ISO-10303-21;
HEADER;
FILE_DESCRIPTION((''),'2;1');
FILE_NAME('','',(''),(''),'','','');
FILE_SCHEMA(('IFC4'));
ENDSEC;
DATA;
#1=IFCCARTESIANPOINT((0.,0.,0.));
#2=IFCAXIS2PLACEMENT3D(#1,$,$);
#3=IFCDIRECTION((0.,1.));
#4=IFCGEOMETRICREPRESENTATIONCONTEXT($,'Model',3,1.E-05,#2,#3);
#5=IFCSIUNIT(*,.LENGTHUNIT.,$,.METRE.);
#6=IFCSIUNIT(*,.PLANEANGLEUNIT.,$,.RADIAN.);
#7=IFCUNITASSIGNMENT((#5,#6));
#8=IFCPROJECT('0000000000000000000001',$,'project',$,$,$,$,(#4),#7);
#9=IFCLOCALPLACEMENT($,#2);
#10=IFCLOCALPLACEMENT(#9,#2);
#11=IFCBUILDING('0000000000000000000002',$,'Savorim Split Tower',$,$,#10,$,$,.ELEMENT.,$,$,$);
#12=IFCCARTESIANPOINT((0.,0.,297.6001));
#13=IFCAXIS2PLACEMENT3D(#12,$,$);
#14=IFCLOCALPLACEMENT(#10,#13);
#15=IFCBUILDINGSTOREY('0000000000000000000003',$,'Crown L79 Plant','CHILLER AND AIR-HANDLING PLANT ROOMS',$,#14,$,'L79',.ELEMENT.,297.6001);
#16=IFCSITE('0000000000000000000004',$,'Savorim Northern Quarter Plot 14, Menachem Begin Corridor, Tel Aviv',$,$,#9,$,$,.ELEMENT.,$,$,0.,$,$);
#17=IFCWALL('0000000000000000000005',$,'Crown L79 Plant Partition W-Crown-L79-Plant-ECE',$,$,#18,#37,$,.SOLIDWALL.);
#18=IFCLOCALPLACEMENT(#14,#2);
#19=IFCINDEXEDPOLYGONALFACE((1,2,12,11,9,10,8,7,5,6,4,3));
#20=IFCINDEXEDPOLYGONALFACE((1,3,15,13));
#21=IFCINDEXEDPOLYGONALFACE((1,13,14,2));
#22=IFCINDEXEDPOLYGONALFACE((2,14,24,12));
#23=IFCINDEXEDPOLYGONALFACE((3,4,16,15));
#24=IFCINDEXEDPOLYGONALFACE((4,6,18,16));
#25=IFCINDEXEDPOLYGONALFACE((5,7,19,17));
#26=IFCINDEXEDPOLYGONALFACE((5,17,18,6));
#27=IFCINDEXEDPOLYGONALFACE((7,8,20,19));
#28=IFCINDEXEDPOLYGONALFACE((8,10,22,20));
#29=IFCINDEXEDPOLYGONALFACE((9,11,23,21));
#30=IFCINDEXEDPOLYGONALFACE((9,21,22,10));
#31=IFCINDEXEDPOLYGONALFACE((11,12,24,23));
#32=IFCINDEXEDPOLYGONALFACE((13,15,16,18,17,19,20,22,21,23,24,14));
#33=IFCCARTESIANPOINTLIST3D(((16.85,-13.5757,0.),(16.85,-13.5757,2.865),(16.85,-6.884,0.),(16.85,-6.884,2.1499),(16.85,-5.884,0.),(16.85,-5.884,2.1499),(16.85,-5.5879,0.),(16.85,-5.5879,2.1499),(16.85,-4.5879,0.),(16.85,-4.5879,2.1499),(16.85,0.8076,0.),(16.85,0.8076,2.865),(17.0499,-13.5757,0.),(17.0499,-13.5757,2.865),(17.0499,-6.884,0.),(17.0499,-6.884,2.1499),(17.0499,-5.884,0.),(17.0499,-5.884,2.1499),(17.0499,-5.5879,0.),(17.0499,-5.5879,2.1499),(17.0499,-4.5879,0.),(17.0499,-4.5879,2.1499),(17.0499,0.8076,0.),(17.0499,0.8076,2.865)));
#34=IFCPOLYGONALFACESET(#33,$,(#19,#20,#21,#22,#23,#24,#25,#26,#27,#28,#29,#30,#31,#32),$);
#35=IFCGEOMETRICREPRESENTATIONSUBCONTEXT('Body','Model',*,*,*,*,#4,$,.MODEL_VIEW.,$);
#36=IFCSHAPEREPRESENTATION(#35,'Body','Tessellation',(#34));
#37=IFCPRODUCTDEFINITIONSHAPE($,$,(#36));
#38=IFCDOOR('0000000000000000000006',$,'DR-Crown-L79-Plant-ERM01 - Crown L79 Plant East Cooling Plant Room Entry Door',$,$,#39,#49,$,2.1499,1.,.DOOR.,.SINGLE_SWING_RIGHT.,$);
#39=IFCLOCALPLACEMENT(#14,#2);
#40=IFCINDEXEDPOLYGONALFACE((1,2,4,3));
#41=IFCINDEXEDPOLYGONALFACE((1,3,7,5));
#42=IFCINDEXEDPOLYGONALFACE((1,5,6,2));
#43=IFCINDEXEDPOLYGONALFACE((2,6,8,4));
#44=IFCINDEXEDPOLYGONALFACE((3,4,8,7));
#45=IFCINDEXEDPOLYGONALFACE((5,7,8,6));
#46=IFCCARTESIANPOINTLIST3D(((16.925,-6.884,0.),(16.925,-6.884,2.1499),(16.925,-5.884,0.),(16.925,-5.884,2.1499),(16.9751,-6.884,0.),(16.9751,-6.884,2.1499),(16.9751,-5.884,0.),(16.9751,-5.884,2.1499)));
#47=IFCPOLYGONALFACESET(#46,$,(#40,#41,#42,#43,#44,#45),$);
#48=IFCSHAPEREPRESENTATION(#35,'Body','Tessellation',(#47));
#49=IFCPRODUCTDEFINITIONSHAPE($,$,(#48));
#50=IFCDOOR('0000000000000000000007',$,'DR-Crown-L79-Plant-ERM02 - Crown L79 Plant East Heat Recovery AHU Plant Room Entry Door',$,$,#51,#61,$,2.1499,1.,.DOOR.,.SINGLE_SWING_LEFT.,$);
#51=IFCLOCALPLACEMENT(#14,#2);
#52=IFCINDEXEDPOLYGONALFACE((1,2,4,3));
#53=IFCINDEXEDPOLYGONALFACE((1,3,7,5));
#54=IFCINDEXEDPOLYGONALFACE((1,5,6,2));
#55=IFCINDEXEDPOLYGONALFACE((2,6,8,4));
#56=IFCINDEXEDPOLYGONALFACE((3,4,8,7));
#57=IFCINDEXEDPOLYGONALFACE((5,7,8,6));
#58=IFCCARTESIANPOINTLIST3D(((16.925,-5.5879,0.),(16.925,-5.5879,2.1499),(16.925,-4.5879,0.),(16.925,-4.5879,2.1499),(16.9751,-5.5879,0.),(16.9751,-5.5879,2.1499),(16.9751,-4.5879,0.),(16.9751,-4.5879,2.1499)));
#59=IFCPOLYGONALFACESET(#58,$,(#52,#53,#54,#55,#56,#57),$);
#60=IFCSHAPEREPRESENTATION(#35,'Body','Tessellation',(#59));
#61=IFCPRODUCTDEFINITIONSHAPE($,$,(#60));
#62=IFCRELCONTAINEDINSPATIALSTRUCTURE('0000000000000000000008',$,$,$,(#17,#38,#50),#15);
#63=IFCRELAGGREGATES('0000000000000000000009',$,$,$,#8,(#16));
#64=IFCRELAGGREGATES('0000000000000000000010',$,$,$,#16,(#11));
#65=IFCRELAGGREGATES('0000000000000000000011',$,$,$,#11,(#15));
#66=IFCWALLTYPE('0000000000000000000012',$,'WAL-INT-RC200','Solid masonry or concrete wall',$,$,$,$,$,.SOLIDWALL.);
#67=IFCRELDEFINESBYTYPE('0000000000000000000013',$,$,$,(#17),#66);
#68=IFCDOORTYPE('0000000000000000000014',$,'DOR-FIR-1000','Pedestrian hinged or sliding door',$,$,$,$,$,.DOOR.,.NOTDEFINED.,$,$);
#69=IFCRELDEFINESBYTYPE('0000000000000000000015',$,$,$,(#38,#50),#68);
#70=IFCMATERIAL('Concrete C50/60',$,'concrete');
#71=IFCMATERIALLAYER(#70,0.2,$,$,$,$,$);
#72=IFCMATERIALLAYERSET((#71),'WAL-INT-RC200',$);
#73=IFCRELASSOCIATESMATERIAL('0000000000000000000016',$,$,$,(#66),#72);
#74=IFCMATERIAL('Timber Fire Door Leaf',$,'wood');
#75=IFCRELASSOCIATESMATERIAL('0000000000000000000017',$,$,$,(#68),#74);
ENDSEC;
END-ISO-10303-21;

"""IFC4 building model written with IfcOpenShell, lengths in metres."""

from ifc_helpers import new_model, si_unit, direction, frame, frame_2d, origin, place, context, subcontext, project, spatial, rectangle, extrude, material, layer, layer_set, type_object, element, fill, save


model = new_model("IFC4")

# Units and contexts
model_context = context("Model", 3, precision=1e-05, world=origin(), true_north=direction((0.0, 1.0)))
body_context = subcontext(model_context, "Body", "Model", "MODEL_VIEW")
ifc_project = project(units=[si_unit("LENGTHUNIT", "METRE"), si_unit("PLANEANGLEUNIT", "RADIAN")], contexts=[model_context])

# Site, building, storey
site_placement = place(None, origin())
site = spatial("IfcSite", under=ifc_project, at=site_placement, Name="Savorim Northern Quarter Plot 14, Menachem Begin Corridor, Tel Aviv", CompositionType="ELEMENT", RefElevation=0.0)
building_placement = place(site_placement, origin())
building = spatial("IfcBuilding", under=site, at=building_placement, Name="Savorim Split Tower", CompositionType="ELEMENT")
storey_placement = place(building_placement, frame((0.0, 0.0, 297.6001)))
storey = spatial("IfcBuildingStorey", under=building, at=storey_placement, Name="Crown L79 Plant", Description="CHILLER AND AIR-HANDLING PLANT ROOMS", LongName="L79", CompositionType="ELEMENT", Elevation=297.6001)

# Wall, openings, doors
ifc_material_1 = material(Name="Concrete C50/60", Category="concrete")
ifc_layer_1 = layer(ifc_material_1, 0.2)
ifc_layer_set_1 = layer_set([ifc_layer_1], Name="WAL-INT-RC200")
wall_type = type_object("IfcWallType", Name="WAL-INT-RC200", Description="Solid masonry or concrete wall", PredefinedType="SOLIDWALL", material=ifc_layer_set_1)
wall_placement = place(storey_placement, frame((16.95, -13.5757, 0.0), z_axis=(0.0, 0.0, 1.0), x_axis=(0.0, 1.0, 0.0)))
wall = element("IfcWall", 1, at=wall_placement, inside=storey, type_object=wall_type, Name="Crown L79 Plant Partition W-Crown-L79-Plant-ECE", PredefinedType="SOLIDWALL", context=body_context, shape_type="SweptSolid", body=[
    extrude(rectangle(XDim=14.3833, YDim=0.2, at=frame_2d((7.1917, 0.0))), origin(), (0.0, 0.0, 1.0), 2.865),
])
opening_1_placement = place(wall_placement, frame((6.6917, 0.0, 0.0)))
opening_1 = element("IfcOpeningElement", 2, at=opening_1_placement, cuts=wall, PredefinedType="OPENING", context=body_context, shape_type="SweptSolid", body=[
    extrude(rectangle(XDim=1.0, YDim=2.1499, at=frame_2d((0.5, 1.075))), frame((0.0, 0.1099, 0.0), z_axis=(0.0, -1.0, 0.0), x_axis=(1.0, 0.0, 0.0)), (0.0, 0.0, 1.0), 0.22),
])
opening_2_placement = place(wall_placement, frame((7.9878, 0.0, 0.0)))
opening_2 = element("IfcOpeningElement", 3, at=opening_2_placement, cuts=wall, PredefinedType="OPENING", context=body_context, shape_type="SweptSolid", body=[
    extrude(rectangle(XDim=1.0, YDim=2.1499, at=frame_2d((0.5, 1.075))), frame((0.0, 0.1099, 0.0), z_axis=(0.0, -1.0, 0.0), x_axis=(1.0, 0.0, 0.0)), (0.0, 0.0, 1.0), 0.22),
])
ifc_material_2 = material(Name="Timber Fire Door Leaf", Category="wood")
door_type = type_object("IfcDoorType", Name="DOR-FIR-1000", Description="Pedestrian hinged or sliding door", OperationType="NOTDEFINED", PredefinedType="DOOR", material=ifc_material_2)
door_1_placement = place(opening_1_placement, origin())
door_1 = element("IfcDoor", 4, at=door_1_placement, inside=storey, type_object=door_type, Name="DR-Crown-L79-Plant-ERM01 - Crown L79 Plant East Cooling Plant Room Entry Door", OperationType="SINGLE_SWING_RIGHT", OverallHeight=2.1499, OverallWidth=1.0, PredefinedType="DOOR", context=body_context, shape_type="SweptSolid", body=[
    extrude(rectangle(XDim=1.0, YDim=2.1499, at=frame_2d((0.5, 1.075))), frame((0.0, 0.0249, 0.0), z_axis=(0.0, -1.0, 0.0), x_axis=(1.0, 0.0, 0.0)), (0.0, 0.0, 1.0), 0.05),
])
fill(opening_1, door_1)
door_2_placement = place(opening_2_placement, origin())
door_2 = element("IfcDoor", 5, at=door_2_placement, inside=storey, type_object=door_type, Name="DR-Crown-L79-Plant-ERM02 - Crown L79 Plant East Heat Recovery AHU Plant Room Entry Door", OperationType="SINGLE_SWING_LEFT", OverallHeight=2.1499, OverallWidth=1.0, PredefinedType="DOOR", context=body_context, shape_type="SweptSolid", body=[
    extrude(rectangle(XDim=1.0, YDim=2.1499, at=frame_2d((0.5, 1.075))), frame((0.0, 0.0249, 0.0), z_axis=(0.0, -1.0, 0.0), x_axis=(1.0, 0.0, 0.0)), (0.0, 0.0, 1.0), 0.05),
])
fill(opening_2, door_2)

save(model, "model.ifc")
